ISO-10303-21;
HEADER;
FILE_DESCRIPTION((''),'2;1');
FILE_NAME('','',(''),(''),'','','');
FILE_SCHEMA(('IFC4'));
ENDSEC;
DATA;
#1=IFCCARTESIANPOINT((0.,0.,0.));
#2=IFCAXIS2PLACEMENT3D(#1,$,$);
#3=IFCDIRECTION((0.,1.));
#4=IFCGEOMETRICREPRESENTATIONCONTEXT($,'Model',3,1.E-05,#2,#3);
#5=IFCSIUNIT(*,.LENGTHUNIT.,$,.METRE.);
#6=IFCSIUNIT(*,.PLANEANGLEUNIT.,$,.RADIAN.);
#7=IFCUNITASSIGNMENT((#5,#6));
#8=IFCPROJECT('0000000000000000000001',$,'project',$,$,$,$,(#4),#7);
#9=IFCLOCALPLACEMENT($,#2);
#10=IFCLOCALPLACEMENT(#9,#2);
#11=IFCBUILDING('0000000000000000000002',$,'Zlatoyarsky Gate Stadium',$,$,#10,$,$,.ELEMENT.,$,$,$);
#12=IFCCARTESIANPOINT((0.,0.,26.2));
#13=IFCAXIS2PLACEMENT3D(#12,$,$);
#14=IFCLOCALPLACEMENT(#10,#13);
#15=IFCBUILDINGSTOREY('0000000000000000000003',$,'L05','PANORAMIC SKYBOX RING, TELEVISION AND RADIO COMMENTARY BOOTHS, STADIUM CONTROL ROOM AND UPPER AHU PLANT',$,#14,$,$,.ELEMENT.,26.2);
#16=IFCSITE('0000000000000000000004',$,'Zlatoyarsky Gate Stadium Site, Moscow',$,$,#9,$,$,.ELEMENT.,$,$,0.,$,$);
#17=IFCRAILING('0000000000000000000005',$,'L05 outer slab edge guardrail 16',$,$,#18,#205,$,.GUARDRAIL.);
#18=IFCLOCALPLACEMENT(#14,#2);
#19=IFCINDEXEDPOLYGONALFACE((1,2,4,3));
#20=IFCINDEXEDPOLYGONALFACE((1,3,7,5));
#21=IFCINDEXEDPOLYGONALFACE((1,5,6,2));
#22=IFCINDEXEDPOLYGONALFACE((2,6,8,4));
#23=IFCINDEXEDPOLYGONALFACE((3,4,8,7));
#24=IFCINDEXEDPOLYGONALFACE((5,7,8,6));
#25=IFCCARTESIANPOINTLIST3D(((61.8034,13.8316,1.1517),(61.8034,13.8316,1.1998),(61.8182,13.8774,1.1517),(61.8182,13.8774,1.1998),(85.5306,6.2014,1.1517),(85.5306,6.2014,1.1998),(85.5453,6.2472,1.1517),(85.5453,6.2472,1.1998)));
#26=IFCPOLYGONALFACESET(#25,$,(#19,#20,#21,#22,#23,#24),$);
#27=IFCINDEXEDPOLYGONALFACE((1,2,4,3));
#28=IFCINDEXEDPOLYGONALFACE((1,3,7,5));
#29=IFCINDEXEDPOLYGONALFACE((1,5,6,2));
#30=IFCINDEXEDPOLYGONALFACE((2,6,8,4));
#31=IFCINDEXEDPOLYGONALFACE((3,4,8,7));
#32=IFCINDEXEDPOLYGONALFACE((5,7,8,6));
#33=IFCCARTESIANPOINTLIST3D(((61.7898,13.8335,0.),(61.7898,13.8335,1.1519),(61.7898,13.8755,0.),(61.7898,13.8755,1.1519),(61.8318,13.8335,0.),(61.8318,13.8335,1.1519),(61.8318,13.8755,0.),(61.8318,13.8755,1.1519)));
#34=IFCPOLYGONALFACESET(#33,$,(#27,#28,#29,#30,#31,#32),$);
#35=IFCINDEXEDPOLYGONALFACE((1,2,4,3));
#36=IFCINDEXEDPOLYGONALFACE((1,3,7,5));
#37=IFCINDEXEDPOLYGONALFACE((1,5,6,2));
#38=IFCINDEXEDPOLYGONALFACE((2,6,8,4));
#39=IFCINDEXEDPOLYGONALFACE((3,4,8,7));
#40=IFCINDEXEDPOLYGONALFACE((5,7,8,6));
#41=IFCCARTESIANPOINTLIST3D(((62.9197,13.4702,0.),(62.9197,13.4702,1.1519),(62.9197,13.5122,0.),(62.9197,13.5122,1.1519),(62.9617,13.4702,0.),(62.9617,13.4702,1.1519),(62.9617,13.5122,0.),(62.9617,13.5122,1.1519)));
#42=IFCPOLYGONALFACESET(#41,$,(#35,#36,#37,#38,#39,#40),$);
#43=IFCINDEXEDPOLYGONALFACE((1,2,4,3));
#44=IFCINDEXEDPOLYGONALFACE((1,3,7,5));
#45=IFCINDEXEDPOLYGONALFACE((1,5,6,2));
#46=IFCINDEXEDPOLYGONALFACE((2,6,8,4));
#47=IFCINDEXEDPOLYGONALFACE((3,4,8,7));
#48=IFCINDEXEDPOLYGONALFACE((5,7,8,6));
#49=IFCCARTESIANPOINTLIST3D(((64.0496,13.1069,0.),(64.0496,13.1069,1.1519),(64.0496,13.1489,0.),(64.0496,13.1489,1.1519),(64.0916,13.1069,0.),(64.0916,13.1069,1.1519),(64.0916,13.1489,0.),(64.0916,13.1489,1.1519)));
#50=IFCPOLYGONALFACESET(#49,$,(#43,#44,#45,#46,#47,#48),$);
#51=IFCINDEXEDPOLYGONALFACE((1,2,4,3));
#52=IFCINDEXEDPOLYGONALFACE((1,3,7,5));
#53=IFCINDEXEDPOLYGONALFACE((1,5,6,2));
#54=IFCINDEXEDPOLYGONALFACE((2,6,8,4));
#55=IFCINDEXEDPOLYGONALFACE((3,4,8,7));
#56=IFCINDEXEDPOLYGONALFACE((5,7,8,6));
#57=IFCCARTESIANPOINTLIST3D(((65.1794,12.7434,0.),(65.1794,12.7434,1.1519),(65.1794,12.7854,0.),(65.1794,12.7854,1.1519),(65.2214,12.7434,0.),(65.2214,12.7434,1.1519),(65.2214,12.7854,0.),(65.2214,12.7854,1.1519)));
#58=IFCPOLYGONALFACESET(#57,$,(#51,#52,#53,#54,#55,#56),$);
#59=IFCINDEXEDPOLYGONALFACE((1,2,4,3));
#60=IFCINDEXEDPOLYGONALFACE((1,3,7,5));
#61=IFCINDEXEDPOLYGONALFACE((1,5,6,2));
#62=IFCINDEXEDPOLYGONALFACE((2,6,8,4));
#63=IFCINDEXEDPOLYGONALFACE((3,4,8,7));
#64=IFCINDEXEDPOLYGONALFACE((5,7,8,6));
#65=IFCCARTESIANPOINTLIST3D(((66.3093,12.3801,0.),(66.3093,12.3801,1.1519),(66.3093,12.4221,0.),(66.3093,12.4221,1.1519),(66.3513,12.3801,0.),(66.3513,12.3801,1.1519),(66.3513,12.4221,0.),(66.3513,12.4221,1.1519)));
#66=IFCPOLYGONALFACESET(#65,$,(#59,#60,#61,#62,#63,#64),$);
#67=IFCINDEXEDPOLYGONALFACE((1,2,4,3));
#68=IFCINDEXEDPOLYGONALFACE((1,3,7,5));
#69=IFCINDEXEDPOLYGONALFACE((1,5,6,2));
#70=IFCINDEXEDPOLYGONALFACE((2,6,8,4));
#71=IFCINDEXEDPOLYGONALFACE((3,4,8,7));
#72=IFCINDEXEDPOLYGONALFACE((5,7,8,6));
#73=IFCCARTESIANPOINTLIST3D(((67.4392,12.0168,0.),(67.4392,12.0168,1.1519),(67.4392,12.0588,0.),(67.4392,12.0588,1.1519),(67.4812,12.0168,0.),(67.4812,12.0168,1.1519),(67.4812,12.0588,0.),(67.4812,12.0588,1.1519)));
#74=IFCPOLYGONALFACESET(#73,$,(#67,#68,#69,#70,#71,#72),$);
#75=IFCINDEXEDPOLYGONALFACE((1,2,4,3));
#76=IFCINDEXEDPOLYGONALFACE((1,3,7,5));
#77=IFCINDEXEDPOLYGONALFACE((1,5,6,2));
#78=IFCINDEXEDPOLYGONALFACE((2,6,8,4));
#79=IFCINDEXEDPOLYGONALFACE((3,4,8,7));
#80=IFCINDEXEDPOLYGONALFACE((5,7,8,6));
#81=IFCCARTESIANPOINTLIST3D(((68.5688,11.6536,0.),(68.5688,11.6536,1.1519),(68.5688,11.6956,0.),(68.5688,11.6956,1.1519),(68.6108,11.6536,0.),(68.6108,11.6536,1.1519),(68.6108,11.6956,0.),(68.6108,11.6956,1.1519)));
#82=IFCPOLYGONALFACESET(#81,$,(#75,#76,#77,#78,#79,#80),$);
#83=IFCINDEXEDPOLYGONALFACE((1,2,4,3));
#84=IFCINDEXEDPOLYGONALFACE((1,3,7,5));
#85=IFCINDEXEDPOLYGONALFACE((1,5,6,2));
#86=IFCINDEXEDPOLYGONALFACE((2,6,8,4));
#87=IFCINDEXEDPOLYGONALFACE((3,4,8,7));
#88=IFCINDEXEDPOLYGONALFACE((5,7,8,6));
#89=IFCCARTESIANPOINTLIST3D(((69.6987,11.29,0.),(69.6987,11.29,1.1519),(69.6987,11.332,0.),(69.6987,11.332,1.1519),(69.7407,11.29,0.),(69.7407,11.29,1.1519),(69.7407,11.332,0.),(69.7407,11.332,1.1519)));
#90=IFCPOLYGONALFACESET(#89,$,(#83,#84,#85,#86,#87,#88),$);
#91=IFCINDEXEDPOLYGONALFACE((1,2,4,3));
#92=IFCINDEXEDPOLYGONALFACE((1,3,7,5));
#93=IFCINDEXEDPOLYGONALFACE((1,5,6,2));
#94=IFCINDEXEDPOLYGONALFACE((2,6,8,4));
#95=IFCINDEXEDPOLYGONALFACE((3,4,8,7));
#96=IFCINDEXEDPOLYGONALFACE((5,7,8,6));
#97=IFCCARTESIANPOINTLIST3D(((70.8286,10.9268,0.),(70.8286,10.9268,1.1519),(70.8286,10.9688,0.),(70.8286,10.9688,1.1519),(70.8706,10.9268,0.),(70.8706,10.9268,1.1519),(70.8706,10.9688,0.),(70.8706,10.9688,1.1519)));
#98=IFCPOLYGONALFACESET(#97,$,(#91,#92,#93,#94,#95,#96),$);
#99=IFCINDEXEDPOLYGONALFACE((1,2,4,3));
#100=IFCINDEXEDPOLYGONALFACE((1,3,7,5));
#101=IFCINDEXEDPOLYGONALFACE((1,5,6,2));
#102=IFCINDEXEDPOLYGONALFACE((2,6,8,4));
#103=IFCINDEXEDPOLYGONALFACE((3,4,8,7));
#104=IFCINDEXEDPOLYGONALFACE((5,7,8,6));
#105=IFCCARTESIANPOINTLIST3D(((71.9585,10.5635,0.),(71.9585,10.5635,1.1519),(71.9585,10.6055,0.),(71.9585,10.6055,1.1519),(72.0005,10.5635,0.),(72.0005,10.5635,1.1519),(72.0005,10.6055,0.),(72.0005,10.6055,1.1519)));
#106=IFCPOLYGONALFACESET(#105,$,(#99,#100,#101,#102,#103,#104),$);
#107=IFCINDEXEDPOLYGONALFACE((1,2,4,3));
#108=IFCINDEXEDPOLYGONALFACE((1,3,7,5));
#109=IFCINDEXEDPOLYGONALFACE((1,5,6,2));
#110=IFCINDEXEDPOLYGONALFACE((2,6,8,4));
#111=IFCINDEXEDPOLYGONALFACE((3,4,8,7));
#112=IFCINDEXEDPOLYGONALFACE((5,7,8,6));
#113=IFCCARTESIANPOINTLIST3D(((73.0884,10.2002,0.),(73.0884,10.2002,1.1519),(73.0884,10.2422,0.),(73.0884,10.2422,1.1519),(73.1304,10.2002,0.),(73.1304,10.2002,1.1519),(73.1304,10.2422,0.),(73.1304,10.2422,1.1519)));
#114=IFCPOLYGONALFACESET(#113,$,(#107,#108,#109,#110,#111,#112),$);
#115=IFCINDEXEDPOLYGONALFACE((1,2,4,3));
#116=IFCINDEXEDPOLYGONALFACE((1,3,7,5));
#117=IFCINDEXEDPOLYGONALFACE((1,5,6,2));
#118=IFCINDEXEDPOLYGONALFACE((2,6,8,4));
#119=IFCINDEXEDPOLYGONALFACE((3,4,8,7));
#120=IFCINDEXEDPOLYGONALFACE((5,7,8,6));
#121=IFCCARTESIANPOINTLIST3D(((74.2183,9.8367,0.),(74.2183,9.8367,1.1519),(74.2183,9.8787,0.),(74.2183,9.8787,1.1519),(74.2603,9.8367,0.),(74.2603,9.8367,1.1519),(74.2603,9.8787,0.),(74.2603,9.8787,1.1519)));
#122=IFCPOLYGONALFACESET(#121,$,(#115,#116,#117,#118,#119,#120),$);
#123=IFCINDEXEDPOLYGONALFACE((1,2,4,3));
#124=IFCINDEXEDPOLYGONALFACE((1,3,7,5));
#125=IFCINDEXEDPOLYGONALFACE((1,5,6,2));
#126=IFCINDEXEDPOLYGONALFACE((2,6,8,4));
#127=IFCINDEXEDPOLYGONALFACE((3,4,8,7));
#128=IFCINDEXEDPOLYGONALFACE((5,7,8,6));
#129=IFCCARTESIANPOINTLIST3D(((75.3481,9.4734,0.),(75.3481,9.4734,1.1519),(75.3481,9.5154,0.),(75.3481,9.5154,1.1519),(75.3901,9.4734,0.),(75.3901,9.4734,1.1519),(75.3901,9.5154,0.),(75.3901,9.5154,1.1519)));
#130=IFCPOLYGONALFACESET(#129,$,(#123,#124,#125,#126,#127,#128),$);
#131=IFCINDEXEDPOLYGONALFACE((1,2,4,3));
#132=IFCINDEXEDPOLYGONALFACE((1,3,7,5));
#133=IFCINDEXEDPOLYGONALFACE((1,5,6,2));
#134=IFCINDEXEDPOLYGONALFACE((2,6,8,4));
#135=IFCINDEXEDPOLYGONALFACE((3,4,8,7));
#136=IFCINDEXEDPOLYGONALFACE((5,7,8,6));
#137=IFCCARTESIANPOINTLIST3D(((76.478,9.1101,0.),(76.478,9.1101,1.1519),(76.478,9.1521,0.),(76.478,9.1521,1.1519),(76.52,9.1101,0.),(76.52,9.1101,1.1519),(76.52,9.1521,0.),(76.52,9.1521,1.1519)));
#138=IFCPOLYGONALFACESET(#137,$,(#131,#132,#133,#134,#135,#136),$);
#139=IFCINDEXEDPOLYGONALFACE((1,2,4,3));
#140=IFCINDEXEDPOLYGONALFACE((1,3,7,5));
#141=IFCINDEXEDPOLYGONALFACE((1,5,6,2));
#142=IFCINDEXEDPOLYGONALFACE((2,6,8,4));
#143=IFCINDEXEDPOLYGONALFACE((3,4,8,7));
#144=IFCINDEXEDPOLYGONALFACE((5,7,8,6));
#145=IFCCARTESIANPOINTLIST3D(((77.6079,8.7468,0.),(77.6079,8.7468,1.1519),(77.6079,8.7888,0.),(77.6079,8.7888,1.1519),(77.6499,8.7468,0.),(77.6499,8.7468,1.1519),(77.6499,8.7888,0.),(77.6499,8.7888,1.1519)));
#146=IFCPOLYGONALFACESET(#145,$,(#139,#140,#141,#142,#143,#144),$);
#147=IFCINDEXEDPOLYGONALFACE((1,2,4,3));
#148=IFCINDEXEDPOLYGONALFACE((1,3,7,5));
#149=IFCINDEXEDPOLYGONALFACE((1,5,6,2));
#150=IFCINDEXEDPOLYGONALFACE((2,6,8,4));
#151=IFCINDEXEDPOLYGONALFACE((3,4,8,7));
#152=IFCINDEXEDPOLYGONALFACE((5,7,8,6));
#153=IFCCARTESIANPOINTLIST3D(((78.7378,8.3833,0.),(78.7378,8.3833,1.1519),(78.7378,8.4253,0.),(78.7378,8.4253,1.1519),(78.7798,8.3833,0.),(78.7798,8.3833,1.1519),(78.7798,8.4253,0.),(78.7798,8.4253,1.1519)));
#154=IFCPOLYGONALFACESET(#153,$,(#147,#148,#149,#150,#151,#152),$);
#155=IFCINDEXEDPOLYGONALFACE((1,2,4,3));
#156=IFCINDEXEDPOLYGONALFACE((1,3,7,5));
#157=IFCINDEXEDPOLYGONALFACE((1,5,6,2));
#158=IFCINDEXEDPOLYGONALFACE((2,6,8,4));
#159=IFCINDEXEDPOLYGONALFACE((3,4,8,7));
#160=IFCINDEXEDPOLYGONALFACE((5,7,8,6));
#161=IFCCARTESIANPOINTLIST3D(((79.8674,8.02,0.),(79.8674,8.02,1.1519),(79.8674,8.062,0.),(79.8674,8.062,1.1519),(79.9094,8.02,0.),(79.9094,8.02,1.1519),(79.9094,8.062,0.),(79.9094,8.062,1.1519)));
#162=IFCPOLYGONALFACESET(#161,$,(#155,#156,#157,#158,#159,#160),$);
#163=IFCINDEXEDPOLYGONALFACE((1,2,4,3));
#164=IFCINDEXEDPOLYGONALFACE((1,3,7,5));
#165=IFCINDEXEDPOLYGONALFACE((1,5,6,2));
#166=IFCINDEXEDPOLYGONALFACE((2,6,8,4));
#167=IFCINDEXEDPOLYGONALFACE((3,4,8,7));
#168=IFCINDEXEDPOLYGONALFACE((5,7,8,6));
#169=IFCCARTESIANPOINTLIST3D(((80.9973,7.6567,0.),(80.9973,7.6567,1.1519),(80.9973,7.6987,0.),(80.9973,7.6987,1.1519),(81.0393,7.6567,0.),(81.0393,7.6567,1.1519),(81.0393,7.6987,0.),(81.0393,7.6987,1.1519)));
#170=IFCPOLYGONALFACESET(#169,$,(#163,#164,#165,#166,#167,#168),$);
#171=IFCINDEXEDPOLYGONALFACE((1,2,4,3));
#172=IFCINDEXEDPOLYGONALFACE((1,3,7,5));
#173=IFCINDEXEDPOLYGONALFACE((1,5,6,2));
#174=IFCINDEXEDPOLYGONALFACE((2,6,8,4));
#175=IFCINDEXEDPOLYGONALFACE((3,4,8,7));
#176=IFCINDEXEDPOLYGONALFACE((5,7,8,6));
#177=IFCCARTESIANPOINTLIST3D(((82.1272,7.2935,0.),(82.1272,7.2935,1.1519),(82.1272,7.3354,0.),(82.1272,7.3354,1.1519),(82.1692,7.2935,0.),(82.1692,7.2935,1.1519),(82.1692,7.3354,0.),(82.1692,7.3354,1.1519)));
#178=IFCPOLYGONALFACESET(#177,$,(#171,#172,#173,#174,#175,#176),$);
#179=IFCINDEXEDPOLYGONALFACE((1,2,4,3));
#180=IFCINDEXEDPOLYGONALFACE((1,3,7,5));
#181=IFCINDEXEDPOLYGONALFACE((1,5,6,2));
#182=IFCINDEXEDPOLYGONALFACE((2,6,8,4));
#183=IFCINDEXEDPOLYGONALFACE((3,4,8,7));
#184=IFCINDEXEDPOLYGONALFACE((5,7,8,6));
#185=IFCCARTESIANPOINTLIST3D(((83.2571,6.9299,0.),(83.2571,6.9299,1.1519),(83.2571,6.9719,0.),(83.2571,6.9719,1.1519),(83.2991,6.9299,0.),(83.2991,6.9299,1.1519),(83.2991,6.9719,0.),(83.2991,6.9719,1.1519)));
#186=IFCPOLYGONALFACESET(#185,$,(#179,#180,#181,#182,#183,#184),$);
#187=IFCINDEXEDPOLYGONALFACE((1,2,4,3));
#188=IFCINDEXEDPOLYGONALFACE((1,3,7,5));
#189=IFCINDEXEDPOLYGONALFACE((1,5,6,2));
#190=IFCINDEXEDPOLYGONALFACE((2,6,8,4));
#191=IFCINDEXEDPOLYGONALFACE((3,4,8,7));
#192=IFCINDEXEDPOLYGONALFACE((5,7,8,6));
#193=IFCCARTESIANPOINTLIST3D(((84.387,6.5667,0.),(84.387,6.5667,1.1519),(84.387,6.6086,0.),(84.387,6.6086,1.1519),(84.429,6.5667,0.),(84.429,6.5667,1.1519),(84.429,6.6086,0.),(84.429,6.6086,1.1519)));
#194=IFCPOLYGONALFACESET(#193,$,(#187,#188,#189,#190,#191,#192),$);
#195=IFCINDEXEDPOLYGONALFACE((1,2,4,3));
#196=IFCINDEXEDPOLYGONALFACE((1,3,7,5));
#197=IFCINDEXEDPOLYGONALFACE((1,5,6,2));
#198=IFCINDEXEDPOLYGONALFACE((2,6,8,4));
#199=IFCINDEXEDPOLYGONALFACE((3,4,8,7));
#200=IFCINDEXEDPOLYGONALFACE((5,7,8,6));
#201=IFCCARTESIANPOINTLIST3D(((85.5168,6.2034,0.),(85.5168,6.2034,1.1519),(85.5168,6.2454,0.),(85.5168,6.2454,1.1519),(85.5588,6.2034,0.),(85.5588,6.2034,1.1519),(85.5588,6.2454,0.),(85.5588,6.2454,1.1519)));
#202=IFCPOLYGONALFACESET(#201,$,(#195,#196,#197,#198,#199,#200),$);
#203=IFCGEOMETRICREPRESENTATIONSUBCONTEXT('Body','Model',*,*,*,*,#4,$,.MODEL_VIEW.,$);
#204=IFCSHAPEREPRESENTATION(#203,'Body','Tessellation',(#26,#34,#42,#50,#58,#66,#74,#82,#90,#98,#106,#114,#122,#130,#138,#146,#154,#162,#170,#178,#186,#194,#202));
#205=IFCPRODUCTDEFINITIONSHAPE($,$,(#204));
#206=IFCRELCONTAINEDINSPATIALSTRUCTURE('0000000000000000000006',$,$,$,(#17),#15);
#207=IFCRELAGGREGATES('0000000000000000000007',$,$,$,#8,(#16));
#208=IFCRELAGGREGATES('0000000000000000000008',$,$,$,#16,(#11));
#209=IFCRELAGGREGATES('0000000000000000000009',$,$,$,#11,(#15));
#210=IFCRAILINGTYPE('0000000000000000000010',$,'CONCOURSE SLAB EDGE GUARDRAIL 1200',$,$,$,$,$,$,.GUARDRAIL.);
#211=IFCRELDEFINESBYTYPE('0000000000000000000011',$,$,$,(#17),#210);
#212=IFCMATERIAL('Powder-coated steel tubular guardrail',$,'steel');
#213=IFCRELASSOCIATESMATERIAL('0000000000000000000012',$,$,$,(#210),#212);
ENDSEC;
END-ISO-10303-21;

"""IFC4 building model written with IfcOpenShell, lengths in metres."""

from ifc_helpers import new_model, si_unit, direction, frame, origin, origin_2d, place, context, subcontext, project, spatial, rectangle, extrude, material, type_object, element, save


model = new_model("IFC4")

# Units and contexts
model_context = context("Model", 3, precision=1e-05, world=origin(), true_north=direction((0.0, 1.0)))
body_context = subcontext(model_context, "Body", "Model", "MODEL_VIEW")
ifc_project = project(units=[si_unit("LENGTHUNIT", "METRE"), si_unit("PLANEANGLEUNIT", "RADIAN")], contexts=[model_context])

# Site, building, storey
site_placement = place(None, origin())
site = spatial("IfcSite", under=ifc_project, at=site_placement, Name="Zlatoyarsky Gate Stadium Site, Moscow", CompositionType="ELEMENT", RefElevation=0.0)
building_placement = place(site_placement, origin())
building = spatial("IfcBuilding", under=site, at=building_placement, Name="Zlatoyarsky Gate Stadium", CompositionType="ELEMENT")
storey_placement = place(building_placement, frame((0.0, 0.0, 26.2)))
storey = spatial("IfcBuildingStorey", under=building, at=storey_placement, Name="L05", Description="PANORAMIC SKYBOX RING, TELEVISION AND RADIO COMMENTARY BOOTHS, STADIUM CONTROL ROOM AND UPPER AHU PLANT", CompositionType="ELEMENT", Elevation=26.2)

# Railing
ifc_material_1 = material(Name="Powder-coated steel tubular guardrail", Category="steel")
railing_type = type_object("IfcRailingType", Name="CONCOURSE SLAB EDGE GUARDRAIL 1200", PredefinedType="GUARDRAIL", material=ifc_material_1)
railing_placement = place(storey_placement, frame((61.8108, 13.8545, 0.0)))
element("IfcRailing", 1, at=railing_placement, inside=storey, type_object=railing_type, Name="L05 outer slab edge guardrail 16", PredefinedType="GUARDRAIL", context=body_context, shape_type="SweptSolid", body=[
    extrude(rectangle(XDim=0.0481, YDim=0.0481, at=origin_2d()), frame((0.0, 0.0, 1.1758), z_axis=(0.951987, -0.306139, 0.0), x_axis=(0.306139, 0.951987, 0.0)), (0.0, 0.0, 1.0), 24.9238),
    extrude(rectangle(XDim=0.042, YDim=0.042, at=origin_2d()), origin(), (0.0, 0.0, 1.0), 1.1519),
    extrude(rectangle(XDim=0.042, YDim=0.042, at=origin_2d()), frame((1.1299, -0.3633, 0.0)), (0.0, 0.0, 1.0), 1.1519),
    extrude(rectangle(XDim=0.042, YDim=0.042, at=origin_2d()), frame((2.2598, -0.7266, 0.0)), (0.0, 0.0, 1.0), 1.1519),
    extrude(rectangle(XDim=0.042, YDim=0.042, at=origin_2d()), frame((3.3896, -1.0901, 0.0)), (0.0, 0.0, 1.0), 1.1519),
    extrude(rectangle(XDim=0.042, YDim=0.042, at=origin_2d()), frame((4.5195, -1.4534, 0.0)), (0.0, 0.0, 1.0), 1.1519),
    extrude(rectangle(XDim=0.042, YDim=0.042, at=origin_2d()), frame((5.6494, -1.8167, 0.0)), (0.0, 0.0, 1.0), 1.1519),
    extrude(rectangle(XDim=0.042, YDim=0.042, at=origin_2d()), frame((6.7791, -2.1799, 0.0)), (0.0, 0.0, 1.0), 1.1519),
    extrude(rectangle(XDim=0.042, YDim=0.042, at=origin_2d()), frame((7.9089, -2.5435, 0.0)), (0.0, 0.0, 1.0), 1.1519),
    extrude(rectangle(XDim=0.042, YDim=0.042, at=origin_2d()), frame((9.0388, -2.9067, 0.0)), (0.0, 0.0, 1.0), 1.1519),
    extrude(rectangle(XDim=0.042, YDim=0.042, at=origin_2d()), frame((10.1687, -3.27, 0.0)), (0.0, 0.0, 1.0), 1.1519),
    extrude(rectangle(XDim=0.042, YDim=0.042, at=origin_2d()), frame((11.2986, -3.6333, 0.0)), (0.0, 0.0, 1.0), 1.1519),
    extrude(rectangle(XDim=0.042, YDim=0.042, at=origin_2d()), frame((12.4285, -3.9968, 0.0)), (0.0, 0.0, 1.0), 1.1519),
    extrude(rectangle(XDim=0.042, YDim=0.042, at=origin_2d()), frame((13.5583, -4.3601, 0.0)), (0.0, 0.0, 1.0), 1.1519),
    extrude(rectangle(XDim=0.042, YDim=0.042, at=origin_2d()), frame((14.6882, -4.7234, 0.0)), (0.0, 0.0, 1.0), 1.1519),
    extrude(rectangle(XDim=0.042, YDim=0.042, at=origin_2d()), frame((15.8181, -5.0867, 0.0)), (0.0, 0.0, 1.0), 1.1519),
    extrude(rectangle(XDim=0.042, YDim=0.042, at=origin_2d()), frame((16.948, -5.4502, 0.0)), (0.0, 0.0, 1.0), 1.1519),
    extrude(rectangle(XDim=0.042, YDim=0.042, at=origin_2d()), frame((18.0776, -5.8135, 0.0)), (0.0, 0.0, 1.0), 1.1519),
    extrude(rectangle(XDim=0.042, YDim=0.042, at=origin_2d()), frame((19.2075, -6.1768, 0.0)), (0.0, 0.0, 1.0), 1.1519),
    extrude(rectangle(XDim=0.042, YDim=0.042, at=origin_2d()), frame((20.3374, -6.54, 0.0)), (0.0, 0.0, 1.0), 1.1519),
    extrude(rectangle(XDim=0.042, YDim=0.042, at=origin_2d()), frame((21.4673, -6.9036, 0.0)), (0.0, 0.0, 1.0), 1.1519),
    extrude(rectangle(XDim=0.042, YDim=0.042, at=origin_2d()), frame((22.5972, -7.2668, 0.0)), (0.0, 0.0, 1.0), 1.1519),
    extrude(rectangle(XDim=0.042, YDim=0.042, at=origin_2d()), frame((23.7271, -7.6301, 0.0)), (0.0, 0.0, 1.0), 1.1519),
])

save(model, "model.ifc")
